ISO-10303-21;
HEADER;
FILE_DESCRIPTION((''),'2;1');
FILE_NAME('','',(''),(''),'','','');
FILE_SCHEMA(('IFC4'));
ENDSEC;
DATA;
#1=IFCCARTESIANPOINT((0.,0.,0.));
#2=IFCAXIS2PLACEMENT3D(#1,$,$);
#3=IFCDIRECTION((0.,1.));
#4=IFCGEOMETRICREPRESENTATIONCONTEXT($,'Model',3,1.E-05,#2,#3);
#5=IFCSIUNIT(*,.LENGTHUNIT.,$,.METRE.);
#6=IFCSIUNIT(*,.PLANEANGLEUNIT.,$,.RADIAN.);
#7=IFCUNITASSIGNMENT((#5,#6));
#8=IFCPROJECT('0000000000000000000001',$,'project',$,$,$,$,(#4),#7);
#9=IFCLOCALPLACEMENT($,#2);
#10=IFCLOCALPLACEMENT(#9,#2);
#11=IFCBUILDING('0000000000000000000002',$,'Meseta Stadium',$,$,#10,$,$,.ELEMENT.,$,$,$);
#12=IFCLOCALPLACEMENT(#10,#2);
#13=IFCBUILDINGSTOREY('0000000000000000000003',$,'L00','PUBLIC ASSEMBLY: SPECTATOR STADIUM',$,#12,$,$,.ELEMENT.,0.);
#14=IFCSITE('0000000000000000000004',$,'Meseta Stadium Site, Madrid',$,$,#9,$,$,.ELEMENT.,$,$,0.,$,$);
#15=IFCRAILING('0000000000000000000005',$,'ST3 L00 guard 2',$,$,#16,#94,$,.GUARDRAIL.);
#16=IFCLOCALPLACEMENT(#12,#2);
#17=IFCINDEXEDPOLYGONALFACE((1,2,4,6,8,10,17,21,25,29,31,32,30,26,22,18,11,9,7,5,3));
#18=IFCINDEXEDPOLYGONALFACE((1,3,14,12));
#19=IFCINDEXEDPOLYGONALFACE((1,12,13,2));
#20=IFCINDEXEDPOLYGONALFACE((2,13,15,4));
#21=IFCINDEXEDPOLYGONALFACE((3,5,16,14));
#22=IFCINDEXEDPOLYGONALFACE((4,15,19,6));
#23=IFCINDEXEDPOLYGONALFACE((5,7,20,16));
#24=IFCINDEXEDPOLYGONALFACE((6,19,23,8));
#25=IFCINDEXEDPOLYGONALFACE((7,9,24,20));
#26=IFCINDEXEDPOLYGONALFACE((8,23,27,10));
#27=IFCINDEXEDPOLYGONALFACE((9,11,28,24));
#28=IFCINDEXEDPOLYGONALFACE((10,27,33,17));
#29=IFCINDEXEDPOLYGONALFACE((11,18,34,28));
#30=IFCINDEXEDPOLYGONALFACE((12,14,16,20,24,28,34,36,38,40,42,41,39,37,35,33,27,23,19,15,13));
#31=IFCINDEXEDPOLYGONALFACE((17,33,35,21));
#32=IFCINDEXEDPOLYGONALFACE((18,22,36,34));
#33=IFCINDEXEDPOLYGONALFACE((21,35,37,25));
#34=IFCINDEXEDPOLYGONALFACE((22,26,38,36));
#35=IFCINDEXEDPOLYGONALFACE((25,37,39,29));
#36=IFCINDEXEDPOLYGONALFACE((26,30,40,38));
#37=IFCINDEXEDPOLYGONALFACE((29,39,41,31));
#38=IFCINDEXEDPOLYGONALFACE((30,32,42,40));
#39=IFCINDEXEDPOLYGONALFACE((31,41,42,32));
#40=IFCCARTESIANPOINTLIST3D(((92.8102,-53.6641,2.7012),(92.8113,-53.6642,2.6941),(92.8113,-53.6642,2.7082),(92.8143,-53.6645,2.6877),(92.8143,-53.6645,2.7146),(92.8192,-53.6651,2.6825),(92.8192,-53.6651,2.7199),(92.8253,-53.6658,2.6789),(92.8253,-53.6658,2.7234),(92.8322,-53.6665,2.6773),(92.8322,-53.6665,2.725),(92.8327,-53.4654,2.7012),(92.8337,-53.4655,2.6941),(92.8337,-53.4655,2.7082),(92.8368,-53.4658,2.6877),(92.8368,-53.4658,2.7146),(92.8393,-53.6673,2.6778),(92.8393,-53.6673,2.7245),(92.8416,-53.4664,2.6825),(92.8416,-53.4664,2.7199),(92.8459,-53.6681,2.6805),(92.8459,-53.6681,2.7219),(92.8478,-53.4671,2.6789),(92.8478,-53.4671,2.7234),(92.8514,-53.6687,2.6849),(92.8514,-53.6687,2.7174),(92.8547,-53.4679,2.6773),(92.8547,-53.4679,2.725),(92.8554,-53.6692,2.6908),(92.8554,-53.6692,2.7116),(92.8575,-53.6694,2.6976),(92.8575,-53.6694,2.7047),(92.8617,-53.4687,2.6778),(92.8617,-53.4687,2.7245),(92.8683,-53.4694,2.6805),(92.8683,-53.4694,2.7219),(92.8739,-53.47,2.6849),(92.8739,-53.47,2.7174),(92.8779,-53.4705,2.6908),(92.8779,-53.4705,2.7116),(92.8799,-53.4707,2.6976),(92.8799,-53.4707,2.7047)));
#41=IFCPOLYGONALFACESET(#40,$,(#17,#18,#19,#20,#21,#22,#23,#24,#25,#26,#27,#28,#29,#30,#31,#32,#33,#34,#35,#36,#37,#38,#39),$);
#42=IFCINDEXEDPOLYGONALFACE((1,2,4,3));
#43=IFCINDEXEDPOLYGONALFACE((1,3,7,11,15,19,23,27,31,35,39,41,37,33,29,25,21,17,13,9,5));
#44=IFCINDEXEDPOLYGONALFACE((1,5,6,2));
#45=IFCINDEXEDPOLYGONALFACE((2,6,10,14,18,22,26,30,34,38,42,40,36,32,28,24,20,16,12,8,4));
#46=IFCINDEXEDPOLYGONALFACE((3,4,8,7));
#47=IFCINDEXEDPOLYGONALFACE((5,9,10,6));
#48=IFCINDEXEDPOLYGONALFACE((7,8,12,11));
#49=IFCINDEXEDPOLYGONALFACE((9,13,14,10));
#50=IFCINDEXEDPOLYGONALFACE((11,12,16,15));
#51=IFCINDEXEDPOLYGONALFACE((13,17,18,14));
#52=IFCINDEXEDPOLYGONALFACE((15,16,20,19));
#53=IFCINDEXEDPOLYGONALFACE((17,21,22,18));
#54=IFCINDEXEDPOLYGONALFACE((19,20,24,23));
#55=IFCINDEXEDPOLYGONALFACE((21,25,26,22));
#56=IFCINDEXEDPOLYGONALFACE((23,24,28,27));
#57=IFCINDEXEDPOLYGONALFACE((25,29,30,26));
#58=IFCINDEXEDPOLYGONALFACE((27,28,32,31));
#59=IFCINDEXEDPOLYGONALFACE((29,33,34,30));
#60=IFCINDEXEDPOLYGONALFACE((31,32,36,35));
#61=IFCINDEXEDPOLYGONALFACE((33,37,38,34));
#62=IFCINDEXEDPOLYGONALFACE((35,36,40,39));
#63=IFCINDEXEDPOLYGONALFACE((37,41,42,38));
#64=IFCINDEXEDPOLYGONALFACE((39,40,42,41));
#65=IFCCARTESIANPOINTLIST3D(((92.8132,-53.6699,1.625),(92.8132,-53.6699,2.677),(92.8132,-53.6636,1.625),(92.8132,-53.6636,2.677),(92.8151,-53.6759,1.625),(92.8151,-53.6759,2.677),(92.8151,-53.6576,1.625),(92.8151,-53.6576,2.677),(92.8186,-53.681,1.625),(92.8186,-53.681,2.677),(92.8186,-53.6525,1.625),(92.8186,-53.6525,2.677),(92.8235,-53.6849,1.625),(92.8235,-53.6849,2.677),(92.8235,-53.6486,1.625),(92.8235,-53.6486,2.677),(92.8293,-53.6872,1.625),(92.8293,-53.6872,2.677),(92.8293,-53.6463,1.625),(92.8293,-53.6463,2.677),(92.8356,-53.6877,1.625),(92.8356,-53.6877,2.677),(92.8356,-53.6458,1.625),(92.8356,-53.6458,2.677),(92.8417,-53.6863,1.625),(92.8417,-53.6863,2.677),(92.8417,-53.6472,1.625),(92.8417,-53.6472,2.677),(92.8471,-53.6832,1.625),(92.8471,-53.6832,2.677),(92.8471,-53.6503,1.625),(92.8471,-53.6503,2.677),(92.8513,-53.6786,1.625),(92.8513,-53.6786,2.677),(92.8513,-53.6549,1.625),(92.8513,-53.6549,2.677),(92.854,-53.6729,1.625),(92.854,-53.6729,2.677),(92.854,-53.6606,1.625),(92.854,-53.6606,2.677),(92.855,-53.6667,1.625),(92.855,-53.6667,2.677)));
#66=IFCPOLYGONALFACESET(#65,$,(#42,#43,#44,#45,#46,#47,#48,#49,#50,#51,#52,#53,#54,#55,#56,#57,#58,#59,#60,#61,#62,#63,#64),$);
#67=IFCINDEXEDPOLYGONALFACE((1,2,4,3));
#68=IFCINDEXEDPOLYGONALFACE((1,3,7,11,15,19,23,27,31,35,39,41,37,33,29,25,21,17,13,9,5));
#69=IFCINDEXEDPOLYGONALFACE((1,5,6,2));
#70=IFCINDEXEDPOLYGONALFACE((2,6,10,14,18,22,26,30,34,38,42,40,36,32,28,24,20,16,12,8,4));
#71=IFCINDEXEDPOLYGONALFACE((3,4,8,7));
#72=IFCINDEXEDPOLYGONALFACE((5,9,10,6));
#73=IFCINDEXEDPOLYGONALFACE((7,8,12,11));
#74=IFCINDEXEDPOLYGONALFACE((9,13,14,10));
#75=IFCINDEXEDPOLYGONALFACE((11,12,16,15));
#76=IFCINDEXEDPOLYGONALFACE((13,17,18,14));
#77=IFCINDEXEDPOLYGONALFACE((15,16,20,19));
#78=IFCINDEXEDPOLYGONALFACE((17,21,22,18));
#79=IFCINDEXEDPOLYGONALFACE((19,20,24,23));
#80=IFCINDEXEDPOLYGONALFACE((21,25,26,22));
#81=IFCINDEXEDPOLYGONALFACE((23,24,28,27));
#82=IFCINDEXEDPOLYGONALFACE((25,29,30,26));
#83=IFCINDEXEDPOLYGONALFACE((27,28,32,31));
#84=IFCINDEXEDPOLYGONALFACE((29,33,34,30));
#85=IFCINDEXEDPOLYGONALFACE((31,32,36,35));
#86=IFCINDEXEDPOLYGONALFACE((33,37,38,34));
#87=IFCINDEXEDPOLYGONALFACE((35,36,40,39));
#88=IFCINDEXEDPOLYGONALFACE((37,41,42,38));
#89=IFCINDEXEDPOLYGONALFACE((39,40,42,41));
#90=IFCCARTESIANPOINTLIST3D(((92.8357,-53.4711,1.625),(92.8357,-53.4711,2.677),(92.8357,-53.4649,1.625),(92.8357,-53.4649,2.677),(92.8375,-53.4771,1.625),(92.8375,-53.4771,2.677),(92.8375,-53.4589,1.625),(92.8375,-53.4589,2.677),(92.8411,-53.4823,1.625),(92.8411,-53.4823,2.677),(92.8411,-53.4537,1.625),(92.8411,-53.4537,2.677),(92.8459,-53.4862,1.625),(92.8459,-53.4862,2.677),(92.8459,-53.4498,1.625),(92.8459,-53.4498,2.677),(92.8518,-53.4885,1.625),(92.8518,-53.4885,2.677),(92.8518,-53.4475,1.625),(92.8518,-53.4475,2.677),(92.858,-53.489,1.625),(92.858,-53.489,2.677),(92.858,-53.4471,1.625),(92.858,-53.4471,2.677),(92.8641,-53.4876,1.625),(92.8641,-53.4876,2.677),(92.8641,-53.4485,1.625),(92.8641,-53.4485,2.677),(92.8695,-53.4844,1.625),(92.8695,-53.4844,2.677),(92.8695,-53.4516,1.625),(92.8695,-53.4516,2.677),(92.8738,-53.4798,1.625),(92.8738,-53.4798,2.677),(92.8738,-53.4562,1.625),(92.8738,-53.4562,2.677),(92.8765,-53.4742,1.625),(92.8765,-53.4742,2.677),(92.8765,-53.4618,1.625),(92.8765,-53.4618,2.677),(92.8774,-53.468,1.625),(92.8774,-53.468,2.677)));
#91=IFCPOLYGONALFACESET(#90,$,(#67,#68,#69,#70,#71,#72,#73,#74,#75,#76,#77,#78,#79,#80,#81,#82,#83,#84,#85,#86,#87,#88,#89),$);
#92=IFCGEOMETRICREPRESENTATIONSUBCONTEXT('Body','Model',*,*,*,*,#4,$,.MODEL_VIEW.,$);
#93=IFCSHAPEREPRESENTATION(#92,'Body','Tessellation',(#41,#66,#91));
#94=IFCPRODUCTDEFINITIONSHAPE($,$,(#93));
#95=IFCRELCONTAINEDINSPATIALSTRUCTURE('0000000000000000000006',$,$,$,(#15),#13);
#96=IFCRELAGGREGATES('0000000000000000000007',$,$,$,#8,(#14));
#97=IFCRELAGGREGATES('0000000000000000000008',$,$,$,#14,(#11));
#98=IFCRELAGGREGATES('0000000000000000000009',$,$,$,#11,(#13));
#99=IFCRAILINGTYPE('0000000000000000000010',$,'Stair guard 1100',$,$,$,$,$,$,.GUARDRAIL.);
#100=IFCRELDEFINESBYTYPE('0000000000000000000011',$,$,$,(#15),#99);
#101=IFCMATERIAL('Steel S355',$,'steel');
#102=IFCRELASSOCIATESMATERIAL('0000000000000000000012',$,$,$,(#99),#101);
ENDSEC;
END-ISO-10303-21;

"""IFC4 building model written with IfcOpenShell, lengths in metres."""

from ifc_helpers import new_model, si_unit, direction, frame, origin, origin_2d, place, context, subcontext, project, spatial, circle, extrude, material, type_object, element, save


model = new_model("IFC4")

# Units and contexts
model_context = context("Model", 3, precision=1e-05, world=origin(), true_north=direction((0.0, 1.0)))
body_context = subcontext(model_context, "Body", "Model", "MODEL_VIEW")
ifc_project = project(units=[si_unit("LENGTHUNIT", "METRE"), si_unit("PLANEANGLEUNIT", "RADIAN")], contexts=[model_context])

# Site, building, storey
site_placement = place(None, origin())
site = spatial("IfcSite", under=ifc_project, at=site_placement, Name="Meseta Stadium Site, Madrid", CompositionType="ELEMENT", RefElevation=0.0)
building_placement = place(site_placement, origin())
building = spatial("IfcBuilding", under=site, at=building_placement, Name="Meseta Stadium", CompositionType="ELEMENT")
storey_placement = place(building_placement, origin())
storey = spatial("IfcBuildingStorey", under=building, at=storey_placement, Name="L00", Description="PUBLIC ASSEMBLY: SPECTATOR STADIUM", CompositionType="ELEMENT", Elevation=0.0)

# Railing
ifc_material_1 = material(Name="Steel S355", Category="steel")
railing_type_1 = type_object("IfcRailingType", Name="Stair guard 1100", PredefinedType="GUARDRAIL", material=ifc_material_1)
railing_1_placement = place(storey_placement, frame((92.834, -53.6667, 1.625)))
element("IfcRailing", 1, at=railing_1_placement, inside=storey, type_object=railing_type_1, Name="ST3 L00 guard 2", PredefinedType="GUARDRAIL", context=body_context, shape_type="SweptSolid", body=[
    extrude(circle(Radius=0.0239, at=origin_2d()), frame((0.0, 0.0, 1.0762), z_axis=(0.112307, 0.993674, 0.0), x_axis=(-0.993674, 0.112307, 0.0)), (0.0, 0.0, 1.0), 0.2),
    extrude(circle(Radius=0.021, at=origin_2d()), origin(), (0.0, 0.0, 1.0), 1.052),
    extrude(circle(Radius=0.021, at=origin_2d()), frame((0.0225, 0.1987, 0.0)), (0.0, 0.0, 1.0), 1.052),
])

save(model, "model.ifc")
